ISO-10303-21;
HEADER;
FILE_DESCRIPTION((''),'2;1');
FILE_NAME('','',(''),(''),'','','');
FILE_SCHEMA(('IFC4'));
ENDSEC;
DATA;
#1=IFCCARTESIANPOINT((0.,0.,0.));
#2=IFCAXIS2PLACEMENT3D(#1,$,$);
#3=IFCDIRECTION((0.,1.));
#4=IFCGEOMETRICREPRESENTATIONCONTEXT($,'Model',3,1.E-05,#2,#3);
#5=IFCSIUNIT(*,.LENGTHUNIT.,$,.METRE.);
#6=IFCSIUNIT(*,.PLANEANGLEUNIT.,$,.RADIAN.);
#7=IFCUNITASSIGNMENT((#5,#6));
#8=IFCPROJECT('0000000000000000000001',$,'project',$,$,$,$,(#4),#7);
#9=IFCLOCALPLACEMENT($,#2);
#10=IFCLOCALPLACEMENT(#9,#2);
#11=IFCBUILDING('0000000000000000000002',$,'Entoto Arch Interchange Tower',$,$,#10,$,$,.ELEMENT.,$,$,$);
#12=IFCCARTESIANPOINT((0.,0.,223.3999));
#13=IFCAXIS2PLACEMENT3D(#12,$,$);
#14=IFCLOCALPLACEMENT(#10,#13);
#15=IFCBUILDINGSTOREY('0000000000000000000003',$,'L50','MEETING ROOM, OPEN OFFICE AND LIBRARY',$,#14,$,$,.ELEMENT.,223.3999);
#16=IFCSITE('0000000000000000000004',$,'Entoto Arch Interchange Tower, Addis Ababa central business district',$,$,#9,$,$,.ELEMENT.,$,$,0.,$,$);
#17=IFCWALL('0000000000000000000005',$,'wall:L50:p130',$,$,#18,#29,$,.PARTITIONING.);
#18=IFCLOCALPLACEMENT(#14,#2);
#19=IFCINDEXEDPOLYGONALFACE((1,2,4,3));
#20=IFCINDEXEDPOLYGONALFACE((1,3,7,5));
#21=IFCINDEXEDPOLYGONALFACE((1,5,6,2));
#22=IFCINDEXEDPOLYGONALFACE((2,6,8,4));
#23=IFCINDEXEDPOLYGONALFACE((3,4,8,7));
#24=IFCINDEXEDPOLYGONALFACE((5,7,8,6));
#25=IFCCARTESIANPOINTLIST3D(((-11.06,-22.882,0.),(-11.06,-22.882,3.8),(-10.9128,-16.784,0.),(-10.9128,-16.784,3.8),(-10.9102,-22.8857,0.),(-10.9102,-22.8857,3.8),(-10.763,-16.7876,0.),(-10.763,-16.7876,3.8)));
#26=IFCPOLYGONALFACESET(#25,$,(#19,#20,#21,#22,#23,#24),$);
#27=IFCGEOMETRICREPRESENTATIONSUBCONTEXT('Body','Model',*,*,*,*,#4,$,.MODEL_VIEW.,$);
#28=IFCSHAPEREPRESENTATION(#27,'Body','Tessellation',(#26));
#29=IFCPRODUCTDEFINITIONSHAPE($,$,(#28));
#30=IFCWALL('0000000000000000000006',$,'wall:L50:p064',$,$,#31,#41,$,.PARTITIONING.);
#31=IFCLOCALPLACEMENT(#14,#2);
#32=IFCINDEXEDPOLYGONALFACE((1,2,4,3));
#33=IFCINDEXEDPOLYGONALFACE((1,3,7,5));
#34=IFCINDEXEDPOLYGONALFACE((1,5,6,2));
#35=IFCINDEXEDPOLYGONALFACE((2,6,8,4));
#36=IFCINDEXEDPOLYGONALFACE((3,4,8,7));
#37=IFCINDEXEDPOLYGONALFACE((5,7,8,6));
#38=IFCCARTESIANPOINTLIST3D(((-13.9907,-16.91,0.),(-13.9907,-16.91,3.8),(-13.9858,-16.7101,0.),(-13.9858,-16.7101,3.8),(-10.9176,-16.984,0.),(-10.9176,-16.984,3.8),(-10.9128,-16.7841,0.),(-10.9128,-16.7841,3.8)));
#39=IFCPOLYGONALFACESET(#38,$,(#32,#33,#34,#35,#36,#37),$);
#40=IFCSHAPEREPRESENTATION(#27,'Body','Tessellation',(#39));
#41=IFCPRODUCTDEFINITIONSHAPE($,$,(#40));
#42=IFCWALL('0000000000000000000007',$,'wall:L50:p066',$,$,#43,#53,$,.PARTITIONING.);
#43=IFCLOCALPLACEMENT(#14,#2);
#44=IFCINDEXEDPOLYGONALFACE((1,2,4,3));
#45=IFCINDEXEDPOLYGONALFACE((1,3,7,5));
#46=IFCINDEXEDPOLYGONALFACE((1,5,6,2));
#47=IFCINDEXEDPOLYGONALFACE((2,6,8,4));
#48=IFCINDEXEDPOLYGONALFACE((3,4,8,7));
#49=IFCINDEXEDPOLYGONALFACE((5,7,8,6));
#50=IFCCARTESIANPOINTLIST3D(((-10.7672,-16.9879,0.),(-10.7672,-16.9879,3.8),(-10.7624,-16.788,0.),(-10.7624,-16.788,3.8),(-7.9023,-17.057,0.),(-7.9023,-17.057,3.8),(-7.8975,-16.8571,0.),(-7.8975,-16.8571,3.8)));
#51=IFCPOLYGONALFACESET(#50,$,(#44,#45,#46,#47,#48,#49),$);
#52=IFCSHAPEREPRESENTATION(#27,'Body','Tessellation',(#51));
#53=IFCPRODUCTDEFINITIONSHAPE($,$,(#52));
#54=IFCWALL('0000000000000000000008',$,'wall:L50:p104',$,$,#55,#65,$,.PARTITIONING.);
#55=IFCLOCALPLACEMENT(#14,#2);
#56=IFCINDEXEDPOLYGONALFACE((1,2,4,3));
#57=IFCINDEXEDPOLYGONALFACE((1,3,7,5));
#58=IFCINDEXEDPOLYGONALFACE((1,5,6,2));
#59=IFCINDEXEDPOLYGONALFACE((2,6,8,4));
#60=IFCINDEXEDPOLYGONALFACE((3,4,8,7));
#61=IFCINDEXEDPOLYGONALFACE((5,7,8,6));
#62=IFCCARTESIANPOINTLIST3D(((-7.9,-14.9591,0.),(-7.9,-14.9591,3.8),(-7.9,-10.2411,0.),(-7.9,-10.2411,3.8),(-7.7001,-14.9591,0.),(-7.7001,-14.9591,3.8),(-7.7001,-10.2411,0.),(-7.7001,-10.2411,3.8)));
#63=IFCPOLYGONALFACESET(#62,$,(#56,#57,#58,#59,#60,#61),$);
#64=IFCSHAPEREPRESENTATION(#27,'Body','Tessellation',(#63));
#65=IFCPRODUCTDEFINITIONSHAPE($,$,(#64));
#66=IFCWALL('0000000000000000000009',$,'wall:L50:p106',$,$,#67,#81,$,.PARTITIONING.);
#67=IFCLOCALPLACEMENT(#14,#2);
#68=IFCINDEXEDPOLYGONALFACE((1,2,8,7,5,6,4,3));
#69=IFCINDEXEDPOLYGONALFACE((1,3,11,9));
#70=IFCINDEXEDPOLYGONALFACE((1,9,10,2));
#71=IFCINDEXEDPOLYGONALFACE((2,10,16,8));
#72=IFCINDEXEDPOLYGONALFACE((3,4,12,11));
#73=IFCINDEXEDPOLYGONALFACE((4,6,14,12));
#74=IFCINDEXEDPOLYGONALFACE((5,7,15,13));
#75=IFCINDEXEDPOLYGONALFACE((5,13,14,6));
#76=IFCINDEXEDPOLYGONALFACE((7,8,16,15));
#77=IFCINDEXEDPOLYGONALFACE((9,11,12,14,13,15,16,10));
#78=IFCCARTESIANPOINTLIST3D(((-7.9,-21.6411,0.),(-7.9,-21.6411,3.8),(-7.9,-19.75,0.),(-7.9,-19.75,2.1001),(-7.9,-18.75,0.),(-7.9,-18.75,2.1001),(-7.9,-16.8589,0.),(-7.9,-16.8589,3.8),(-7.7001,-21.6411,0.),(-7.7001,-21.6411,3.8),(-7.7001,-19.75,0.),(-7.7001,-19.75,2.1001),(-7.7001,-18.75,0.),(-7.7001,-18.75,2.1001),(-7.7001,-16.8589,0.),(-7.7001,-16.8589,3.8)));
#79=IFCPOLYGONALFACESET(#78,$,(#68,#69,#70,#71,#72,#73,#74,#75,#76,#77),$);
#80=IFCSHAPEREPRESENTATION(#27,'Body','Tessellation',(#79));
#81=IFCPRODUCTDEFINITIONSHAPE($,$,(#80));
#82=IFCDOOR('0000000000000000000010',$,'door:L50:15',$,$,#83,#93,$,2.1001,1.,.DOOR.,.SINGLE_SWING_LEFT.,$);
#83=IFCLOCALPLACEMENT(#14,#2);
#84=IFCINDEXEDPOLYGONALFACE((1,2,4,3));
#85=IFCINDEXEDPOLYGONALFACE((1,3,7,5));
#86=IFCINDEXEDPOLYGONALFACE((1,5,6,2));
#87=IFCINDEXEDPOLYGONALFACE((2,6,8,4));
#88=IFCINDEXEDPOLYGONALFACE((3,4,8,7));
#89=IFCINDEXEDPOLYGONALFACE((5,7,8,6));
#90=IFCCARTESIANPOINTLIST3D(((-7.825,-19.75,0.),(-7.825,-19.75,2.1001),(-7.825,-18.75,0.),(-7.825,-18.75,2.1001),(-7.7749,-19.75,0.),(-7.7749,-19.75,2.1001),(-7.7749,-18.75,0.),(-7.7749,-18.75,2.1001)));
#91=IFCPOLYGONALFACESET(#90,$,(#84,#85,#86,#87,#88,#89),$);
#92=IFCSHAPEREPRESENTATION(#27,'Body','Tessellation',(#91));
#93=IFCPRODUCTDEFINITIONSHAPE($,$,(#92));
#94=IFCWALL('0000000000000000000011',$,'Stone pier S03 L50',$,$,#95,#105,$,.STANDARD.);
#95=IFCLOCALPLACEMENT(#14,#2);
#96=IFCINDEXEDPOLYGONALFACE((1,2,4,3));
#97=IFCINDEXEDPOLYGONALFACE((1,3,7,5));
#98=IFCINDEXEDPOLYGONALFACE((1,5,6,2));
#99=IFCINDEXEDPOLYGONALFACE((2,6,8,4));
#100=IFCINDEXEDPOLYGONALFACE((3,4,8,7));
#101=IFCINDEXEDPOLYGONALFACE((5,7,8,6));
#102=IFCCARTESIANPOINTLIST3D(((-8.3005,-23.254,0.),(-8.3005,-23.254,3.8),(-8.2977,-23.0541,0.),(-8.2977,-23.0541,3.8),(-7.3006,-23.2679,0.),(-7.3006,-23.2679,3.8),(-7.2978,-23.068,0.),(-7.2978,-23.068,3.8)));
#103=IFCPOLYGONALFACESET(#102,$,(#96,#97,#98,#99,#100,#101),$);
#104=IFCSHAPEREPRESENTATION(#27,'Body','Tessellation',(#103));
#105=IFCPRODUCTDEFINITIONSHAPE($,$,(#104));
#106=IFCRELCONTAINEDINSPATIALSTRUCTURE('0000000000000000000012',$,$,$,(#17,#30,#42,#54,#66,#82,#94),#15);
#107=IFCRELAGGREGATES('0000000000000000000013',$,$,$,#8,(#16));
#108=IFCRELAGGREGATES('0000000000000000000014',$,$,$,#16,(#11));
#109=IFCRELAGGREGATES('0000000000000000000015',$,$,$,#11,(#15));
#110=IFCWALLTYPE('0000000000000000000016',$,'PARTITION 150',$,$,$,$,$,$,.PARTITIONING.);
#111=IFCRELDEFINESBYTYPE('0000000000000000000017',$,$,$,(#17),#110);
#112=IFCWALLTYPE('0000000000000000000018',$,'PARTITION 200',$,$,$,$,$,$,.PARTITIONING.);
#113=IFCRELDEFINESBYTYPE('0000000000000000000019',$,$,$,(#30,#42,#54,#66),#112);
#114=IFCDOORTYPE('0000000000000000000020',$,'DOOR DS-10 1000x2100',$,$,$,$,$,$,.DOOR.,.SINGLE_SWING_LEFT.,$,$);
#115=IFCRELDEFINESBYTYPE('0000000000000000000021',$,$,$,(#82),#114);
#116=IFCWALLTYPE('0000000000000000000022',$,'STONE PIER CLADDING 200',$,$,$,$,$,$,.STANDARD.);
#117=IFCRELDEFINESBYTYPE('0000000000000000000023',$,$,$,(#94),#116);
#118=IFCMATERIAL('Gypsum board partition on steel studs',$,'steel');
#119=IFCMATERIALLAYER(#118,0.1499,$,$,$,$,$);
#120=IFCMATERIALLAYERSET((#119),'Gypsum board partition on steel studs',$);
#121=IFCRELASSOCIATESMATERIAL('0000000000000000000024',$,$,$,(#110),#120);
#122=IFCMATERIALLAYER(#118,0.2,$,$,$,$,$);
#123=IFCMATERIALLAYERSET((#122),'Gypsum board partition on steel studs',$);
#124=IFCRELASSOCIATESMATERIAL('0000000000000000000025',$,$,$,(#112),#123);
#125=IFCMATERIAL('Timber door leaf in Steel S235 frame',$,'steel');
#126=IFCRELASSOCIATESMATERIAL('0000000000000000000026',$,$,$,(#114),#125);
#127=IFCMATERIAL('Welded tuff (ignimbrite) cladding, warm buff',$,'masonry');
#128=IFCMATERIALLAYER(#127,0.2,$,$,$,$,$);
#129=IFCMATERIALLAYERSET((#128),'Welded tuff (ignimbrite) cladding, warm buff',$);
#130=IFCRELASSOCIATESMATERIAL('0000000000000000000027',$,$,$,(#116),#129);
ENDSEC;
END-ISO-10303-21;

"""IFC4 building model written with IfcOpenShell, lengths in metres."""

from ifc_helpers import new_model, si_unit, direction, frame, frame_2d, origin, place, context, subcontext, project, spatial, rectangle, extrude, material, layer, layer_set, type_object, element, fill, save


model = new_model("IFC4")

# Units and contexts
model_context = context("Model", 3, precision=1e-05, world=origin(), true_north=direction((0.0, 1.0)))
body_context = subcontext(model_context, "Body", "Model", "MODEL_VIEW")
ifc_project = project(units=[si_unit("LENGTHUNIT", "METRE"), si_unit("PLANEANGLEUNIT", "RADIAN")], contexts=[model_context])

# Site, building, storey
site_placement = place(None, origin())
site = spatial("IfcSite", under=ifc_project, at=site_placement, Name="Entoto Arch Interchange Tower, Addis Ababa central business district", CompositionType="ELEMENT", RefElevation=0.0)
building_placement = place(site_placement, origin())
building = spatial("IfcBuilding", under=site, at=building_placement, Name="Entoto Arch Interchange Tower", CompositionType="ELEMENT")
storey_placement = place(building_placement, frame((0.0, 0.0, 223.3999)))
storey = spatial("IfcBuildingStorey", under=building, at=storey_placement, Name="L50", Description="MEETING ROOM, OPEN OFFICE AND LIBRARY", CompositionType="ELEMENT", Elevation=223.3999)

# Walls
ifc_material_1 = material(Name="Gypsum board partition on steel studs", Category="steel")
ifc_layer_1 = layer(ifc_material_1, 0.1499)
ifc_layer_set_1 = layer_set([ifc_layer_1], Name="Gypsum board partition on steel studs")
wall_type_1 = type_object("IfcWallType", Name="PARTITION 150", PredefinedType="PARTITIONING", material=ifc_layer_set_1)
wall_1_placement = place(storey_placement, frame((-10.8379, -16.7859, 0.0), z_axis=(0.0, 0.0, 1.0), x_axis=(-0.024134, -0.999709, 0.0)))
element("IfcWall", 1, at=wall_1_placement, inside=storey, type_object=wall_type_1, Name="wall:L50:p130", PredefinedType="PARTITIONING", context=body_context, shape_type="SweptSolid", body=[
    extrude(rectangle(XDim=6.0999, YDim=0.1499, at=frame_2d((3.0498, 0.0))), origin(), (0.0, 0.0, 1.0), 3.8),
])
ifc_layer_2 = layer(ifc_material_1, 0.2)
ifc_layer_set_2 = layer_set([ifc_layer_2], Name="Gypsum board partition on steel studs")
wall_type_2 = type_object("IfcWallType", Name="PARTITION 200", PredefinedType="PARTITIONING", material=ifc_layer_set_2)
wall_2_placement = place(storey_placement, frame((-10.915, -16.884, 0.0), z_axis=(0.0, 0.0, 1.0), x_axis=(-0.99971, 0.024065, 0.0)))
element("IfcWall", 2, at=wall_2_placement, inside=storey, type_object=wall_type_2, Name="wall:L50:p064", PredefinedType="PARTITIONING", context=body_context, shape_type="SweptSolid", body=[
    extrude(rectangle(XDim=3.074, YDim=0.2, at=frame_2d((1.5371, 0.0))), origin(), (0.0, 0.0, 1.0), 3.8),
])
wall_3_placement = place(storey_placement, frame((-7.8999, -16.957, 0.0), z_axis=(0.0, 0.0, 1.0), x_axis=(-0.999709, 0.024109, 0.0)))
element("IfcWall", 3, at=wall_3_placement, inside=storey, type_object=wall_type_2, Name="wall:L50:p066", PredefinedType="PARTITIONING", context=body_context, shape_type="SweptSolid", body=[
    extrude(rectangle(XDim=2.8657, YDim=0.2, at=frame_2d((1.4329, 0.0))), origin(), (0.0, 0.0, 1.0), 3.8),
])
wall_4_placement = place(storey_placement, frame((-7.8, -14.959, 0.0), z_axis=(0.0, 0.0, 1.0), x_axis=(0.0, 1.0, 0.0)))
element("IfcWall", 4, at=wall_4_placement, inside=storey, type_object=wall_type_2, Name="wall:L50:p104", PredefinedType="PARTITIONING", context=body_context, shape_type="SweptSolid", body=[
    extrude(rectangle(XDim=4.718, YDim=0.2, at=frame_2d((2.3589, 0.0))), origin(), (0.0, 0.0, 1.0), 3.8),
])

# Wall, opening, door
wall_5_placement = place(storey_placement, frame((-7.8, -21.6411, 0.0), z_axis=(0.0, 0.0, 1.0), x_axis=(0.0, 1.0, 0.0)))
wall_5 = element("IfcWall", 5, at=wall_5_placement, inside=storey, type_object=wall_type_2, Name="wall:L50:p106", PredefinedType="PARTITIONING", context=body_context, shape_type="SweptSolid", body=[
    extrude(rectangle(XDim=4.7822, YDim=0.2, at=frame_2d((2.3911, 0.0))), origin(), (0.0, 0.0, 1.0), 3.8),
])
opening_placement = place(wall_5_placement, frame((1.8911, 0.0, 0.0)))
opening = element("IfcOpeningElement", 6, at=opening_placement, cuts=wall_5, PredefinedType="OPENING", context=body_context, shape_type="SweptSolid", body=[
    extrude(rectangle(XDim=1.0, YDim=2.1001, at=frame_2d((0.5, 1.05))), frame((0.0, 0.1099, 0.0), z_axis=(0.0, -1.0, 0.0), x_axis=(1.0, 0.0, 0.0)), (0.0, 0.0, 1.0), 0.22),
])
ifc_material_2 = material(Name="Timber door leaf in Steel S235 frame", Category="steel")
door_type = type_object("IfcDoorType", Name="DOOR DS-10 1000x2100", OperationType="SINGLE_SWING_LEFT", PredefinedType="DOOR", material=ifc_material_2)
door_placement = place(opening_placement, origin())
door = element("IfcDoor", 7, at=door_placement, inside=storey, type_object=door_type, Name="door:L50:15", OperationType="SINGLE_SWING_LEFT", OverallHeight=2.1001, OverallWidth=1.0, PredefinedType="DOOR", context=body_context, shape_type="SweptSolid", body=[
    extrude(rectangle(XDim=1.0, YDim=2.1001, at=frame_2d((0.5, 1.05))), frame((0.0, 0.0249, 0.0), z_axis=(0.0, -1.0, 0.0), x_axis=(1.0, 0.0, 0.0)), (0.0, 0.0, 1.0), 0.05),
])
fill(opening, door)

# Wall
ifc_material_3 = material(Name="Welded tuff (ignimbrite) cladding, warm buff", Category="masonry")
ifc_layer_3 = layer(ifc_material_3, 0.2)
ifc_layer_set_3 = layer_set([ifc_layer_3], Name="Welded tuff (ignimbrite) cladding, warm buff")
wall_type_3 = type_object("IfcWallType", Name="STONE PIER CLADDING 200", PredefinedType="STANDARD", material=ifc_layer_set_3)
wall_6_placement = place(storey_placement, frame((-8.2991, -23.1541, 0.0), z_axis=(0.0, 0.0, 1.0), x_axis=(0.999903, -0.013915, 0.0)))
element("IfcWall", 8, at=wall_6_placement, inside=storey, type_object=wall_type_3, Name="Stone pier S03 L50", PredefinedType="STANDARD", context=body_context, shape_type="SweptSolid", body=[
    extrude(rectangle(XDim=1.0, YDim=0.2, at=frame_2d((0.5, 0.0))), origin(), (0.0, 0.0, 1.0), 3.8),
])

save(model, "model.ifc")
